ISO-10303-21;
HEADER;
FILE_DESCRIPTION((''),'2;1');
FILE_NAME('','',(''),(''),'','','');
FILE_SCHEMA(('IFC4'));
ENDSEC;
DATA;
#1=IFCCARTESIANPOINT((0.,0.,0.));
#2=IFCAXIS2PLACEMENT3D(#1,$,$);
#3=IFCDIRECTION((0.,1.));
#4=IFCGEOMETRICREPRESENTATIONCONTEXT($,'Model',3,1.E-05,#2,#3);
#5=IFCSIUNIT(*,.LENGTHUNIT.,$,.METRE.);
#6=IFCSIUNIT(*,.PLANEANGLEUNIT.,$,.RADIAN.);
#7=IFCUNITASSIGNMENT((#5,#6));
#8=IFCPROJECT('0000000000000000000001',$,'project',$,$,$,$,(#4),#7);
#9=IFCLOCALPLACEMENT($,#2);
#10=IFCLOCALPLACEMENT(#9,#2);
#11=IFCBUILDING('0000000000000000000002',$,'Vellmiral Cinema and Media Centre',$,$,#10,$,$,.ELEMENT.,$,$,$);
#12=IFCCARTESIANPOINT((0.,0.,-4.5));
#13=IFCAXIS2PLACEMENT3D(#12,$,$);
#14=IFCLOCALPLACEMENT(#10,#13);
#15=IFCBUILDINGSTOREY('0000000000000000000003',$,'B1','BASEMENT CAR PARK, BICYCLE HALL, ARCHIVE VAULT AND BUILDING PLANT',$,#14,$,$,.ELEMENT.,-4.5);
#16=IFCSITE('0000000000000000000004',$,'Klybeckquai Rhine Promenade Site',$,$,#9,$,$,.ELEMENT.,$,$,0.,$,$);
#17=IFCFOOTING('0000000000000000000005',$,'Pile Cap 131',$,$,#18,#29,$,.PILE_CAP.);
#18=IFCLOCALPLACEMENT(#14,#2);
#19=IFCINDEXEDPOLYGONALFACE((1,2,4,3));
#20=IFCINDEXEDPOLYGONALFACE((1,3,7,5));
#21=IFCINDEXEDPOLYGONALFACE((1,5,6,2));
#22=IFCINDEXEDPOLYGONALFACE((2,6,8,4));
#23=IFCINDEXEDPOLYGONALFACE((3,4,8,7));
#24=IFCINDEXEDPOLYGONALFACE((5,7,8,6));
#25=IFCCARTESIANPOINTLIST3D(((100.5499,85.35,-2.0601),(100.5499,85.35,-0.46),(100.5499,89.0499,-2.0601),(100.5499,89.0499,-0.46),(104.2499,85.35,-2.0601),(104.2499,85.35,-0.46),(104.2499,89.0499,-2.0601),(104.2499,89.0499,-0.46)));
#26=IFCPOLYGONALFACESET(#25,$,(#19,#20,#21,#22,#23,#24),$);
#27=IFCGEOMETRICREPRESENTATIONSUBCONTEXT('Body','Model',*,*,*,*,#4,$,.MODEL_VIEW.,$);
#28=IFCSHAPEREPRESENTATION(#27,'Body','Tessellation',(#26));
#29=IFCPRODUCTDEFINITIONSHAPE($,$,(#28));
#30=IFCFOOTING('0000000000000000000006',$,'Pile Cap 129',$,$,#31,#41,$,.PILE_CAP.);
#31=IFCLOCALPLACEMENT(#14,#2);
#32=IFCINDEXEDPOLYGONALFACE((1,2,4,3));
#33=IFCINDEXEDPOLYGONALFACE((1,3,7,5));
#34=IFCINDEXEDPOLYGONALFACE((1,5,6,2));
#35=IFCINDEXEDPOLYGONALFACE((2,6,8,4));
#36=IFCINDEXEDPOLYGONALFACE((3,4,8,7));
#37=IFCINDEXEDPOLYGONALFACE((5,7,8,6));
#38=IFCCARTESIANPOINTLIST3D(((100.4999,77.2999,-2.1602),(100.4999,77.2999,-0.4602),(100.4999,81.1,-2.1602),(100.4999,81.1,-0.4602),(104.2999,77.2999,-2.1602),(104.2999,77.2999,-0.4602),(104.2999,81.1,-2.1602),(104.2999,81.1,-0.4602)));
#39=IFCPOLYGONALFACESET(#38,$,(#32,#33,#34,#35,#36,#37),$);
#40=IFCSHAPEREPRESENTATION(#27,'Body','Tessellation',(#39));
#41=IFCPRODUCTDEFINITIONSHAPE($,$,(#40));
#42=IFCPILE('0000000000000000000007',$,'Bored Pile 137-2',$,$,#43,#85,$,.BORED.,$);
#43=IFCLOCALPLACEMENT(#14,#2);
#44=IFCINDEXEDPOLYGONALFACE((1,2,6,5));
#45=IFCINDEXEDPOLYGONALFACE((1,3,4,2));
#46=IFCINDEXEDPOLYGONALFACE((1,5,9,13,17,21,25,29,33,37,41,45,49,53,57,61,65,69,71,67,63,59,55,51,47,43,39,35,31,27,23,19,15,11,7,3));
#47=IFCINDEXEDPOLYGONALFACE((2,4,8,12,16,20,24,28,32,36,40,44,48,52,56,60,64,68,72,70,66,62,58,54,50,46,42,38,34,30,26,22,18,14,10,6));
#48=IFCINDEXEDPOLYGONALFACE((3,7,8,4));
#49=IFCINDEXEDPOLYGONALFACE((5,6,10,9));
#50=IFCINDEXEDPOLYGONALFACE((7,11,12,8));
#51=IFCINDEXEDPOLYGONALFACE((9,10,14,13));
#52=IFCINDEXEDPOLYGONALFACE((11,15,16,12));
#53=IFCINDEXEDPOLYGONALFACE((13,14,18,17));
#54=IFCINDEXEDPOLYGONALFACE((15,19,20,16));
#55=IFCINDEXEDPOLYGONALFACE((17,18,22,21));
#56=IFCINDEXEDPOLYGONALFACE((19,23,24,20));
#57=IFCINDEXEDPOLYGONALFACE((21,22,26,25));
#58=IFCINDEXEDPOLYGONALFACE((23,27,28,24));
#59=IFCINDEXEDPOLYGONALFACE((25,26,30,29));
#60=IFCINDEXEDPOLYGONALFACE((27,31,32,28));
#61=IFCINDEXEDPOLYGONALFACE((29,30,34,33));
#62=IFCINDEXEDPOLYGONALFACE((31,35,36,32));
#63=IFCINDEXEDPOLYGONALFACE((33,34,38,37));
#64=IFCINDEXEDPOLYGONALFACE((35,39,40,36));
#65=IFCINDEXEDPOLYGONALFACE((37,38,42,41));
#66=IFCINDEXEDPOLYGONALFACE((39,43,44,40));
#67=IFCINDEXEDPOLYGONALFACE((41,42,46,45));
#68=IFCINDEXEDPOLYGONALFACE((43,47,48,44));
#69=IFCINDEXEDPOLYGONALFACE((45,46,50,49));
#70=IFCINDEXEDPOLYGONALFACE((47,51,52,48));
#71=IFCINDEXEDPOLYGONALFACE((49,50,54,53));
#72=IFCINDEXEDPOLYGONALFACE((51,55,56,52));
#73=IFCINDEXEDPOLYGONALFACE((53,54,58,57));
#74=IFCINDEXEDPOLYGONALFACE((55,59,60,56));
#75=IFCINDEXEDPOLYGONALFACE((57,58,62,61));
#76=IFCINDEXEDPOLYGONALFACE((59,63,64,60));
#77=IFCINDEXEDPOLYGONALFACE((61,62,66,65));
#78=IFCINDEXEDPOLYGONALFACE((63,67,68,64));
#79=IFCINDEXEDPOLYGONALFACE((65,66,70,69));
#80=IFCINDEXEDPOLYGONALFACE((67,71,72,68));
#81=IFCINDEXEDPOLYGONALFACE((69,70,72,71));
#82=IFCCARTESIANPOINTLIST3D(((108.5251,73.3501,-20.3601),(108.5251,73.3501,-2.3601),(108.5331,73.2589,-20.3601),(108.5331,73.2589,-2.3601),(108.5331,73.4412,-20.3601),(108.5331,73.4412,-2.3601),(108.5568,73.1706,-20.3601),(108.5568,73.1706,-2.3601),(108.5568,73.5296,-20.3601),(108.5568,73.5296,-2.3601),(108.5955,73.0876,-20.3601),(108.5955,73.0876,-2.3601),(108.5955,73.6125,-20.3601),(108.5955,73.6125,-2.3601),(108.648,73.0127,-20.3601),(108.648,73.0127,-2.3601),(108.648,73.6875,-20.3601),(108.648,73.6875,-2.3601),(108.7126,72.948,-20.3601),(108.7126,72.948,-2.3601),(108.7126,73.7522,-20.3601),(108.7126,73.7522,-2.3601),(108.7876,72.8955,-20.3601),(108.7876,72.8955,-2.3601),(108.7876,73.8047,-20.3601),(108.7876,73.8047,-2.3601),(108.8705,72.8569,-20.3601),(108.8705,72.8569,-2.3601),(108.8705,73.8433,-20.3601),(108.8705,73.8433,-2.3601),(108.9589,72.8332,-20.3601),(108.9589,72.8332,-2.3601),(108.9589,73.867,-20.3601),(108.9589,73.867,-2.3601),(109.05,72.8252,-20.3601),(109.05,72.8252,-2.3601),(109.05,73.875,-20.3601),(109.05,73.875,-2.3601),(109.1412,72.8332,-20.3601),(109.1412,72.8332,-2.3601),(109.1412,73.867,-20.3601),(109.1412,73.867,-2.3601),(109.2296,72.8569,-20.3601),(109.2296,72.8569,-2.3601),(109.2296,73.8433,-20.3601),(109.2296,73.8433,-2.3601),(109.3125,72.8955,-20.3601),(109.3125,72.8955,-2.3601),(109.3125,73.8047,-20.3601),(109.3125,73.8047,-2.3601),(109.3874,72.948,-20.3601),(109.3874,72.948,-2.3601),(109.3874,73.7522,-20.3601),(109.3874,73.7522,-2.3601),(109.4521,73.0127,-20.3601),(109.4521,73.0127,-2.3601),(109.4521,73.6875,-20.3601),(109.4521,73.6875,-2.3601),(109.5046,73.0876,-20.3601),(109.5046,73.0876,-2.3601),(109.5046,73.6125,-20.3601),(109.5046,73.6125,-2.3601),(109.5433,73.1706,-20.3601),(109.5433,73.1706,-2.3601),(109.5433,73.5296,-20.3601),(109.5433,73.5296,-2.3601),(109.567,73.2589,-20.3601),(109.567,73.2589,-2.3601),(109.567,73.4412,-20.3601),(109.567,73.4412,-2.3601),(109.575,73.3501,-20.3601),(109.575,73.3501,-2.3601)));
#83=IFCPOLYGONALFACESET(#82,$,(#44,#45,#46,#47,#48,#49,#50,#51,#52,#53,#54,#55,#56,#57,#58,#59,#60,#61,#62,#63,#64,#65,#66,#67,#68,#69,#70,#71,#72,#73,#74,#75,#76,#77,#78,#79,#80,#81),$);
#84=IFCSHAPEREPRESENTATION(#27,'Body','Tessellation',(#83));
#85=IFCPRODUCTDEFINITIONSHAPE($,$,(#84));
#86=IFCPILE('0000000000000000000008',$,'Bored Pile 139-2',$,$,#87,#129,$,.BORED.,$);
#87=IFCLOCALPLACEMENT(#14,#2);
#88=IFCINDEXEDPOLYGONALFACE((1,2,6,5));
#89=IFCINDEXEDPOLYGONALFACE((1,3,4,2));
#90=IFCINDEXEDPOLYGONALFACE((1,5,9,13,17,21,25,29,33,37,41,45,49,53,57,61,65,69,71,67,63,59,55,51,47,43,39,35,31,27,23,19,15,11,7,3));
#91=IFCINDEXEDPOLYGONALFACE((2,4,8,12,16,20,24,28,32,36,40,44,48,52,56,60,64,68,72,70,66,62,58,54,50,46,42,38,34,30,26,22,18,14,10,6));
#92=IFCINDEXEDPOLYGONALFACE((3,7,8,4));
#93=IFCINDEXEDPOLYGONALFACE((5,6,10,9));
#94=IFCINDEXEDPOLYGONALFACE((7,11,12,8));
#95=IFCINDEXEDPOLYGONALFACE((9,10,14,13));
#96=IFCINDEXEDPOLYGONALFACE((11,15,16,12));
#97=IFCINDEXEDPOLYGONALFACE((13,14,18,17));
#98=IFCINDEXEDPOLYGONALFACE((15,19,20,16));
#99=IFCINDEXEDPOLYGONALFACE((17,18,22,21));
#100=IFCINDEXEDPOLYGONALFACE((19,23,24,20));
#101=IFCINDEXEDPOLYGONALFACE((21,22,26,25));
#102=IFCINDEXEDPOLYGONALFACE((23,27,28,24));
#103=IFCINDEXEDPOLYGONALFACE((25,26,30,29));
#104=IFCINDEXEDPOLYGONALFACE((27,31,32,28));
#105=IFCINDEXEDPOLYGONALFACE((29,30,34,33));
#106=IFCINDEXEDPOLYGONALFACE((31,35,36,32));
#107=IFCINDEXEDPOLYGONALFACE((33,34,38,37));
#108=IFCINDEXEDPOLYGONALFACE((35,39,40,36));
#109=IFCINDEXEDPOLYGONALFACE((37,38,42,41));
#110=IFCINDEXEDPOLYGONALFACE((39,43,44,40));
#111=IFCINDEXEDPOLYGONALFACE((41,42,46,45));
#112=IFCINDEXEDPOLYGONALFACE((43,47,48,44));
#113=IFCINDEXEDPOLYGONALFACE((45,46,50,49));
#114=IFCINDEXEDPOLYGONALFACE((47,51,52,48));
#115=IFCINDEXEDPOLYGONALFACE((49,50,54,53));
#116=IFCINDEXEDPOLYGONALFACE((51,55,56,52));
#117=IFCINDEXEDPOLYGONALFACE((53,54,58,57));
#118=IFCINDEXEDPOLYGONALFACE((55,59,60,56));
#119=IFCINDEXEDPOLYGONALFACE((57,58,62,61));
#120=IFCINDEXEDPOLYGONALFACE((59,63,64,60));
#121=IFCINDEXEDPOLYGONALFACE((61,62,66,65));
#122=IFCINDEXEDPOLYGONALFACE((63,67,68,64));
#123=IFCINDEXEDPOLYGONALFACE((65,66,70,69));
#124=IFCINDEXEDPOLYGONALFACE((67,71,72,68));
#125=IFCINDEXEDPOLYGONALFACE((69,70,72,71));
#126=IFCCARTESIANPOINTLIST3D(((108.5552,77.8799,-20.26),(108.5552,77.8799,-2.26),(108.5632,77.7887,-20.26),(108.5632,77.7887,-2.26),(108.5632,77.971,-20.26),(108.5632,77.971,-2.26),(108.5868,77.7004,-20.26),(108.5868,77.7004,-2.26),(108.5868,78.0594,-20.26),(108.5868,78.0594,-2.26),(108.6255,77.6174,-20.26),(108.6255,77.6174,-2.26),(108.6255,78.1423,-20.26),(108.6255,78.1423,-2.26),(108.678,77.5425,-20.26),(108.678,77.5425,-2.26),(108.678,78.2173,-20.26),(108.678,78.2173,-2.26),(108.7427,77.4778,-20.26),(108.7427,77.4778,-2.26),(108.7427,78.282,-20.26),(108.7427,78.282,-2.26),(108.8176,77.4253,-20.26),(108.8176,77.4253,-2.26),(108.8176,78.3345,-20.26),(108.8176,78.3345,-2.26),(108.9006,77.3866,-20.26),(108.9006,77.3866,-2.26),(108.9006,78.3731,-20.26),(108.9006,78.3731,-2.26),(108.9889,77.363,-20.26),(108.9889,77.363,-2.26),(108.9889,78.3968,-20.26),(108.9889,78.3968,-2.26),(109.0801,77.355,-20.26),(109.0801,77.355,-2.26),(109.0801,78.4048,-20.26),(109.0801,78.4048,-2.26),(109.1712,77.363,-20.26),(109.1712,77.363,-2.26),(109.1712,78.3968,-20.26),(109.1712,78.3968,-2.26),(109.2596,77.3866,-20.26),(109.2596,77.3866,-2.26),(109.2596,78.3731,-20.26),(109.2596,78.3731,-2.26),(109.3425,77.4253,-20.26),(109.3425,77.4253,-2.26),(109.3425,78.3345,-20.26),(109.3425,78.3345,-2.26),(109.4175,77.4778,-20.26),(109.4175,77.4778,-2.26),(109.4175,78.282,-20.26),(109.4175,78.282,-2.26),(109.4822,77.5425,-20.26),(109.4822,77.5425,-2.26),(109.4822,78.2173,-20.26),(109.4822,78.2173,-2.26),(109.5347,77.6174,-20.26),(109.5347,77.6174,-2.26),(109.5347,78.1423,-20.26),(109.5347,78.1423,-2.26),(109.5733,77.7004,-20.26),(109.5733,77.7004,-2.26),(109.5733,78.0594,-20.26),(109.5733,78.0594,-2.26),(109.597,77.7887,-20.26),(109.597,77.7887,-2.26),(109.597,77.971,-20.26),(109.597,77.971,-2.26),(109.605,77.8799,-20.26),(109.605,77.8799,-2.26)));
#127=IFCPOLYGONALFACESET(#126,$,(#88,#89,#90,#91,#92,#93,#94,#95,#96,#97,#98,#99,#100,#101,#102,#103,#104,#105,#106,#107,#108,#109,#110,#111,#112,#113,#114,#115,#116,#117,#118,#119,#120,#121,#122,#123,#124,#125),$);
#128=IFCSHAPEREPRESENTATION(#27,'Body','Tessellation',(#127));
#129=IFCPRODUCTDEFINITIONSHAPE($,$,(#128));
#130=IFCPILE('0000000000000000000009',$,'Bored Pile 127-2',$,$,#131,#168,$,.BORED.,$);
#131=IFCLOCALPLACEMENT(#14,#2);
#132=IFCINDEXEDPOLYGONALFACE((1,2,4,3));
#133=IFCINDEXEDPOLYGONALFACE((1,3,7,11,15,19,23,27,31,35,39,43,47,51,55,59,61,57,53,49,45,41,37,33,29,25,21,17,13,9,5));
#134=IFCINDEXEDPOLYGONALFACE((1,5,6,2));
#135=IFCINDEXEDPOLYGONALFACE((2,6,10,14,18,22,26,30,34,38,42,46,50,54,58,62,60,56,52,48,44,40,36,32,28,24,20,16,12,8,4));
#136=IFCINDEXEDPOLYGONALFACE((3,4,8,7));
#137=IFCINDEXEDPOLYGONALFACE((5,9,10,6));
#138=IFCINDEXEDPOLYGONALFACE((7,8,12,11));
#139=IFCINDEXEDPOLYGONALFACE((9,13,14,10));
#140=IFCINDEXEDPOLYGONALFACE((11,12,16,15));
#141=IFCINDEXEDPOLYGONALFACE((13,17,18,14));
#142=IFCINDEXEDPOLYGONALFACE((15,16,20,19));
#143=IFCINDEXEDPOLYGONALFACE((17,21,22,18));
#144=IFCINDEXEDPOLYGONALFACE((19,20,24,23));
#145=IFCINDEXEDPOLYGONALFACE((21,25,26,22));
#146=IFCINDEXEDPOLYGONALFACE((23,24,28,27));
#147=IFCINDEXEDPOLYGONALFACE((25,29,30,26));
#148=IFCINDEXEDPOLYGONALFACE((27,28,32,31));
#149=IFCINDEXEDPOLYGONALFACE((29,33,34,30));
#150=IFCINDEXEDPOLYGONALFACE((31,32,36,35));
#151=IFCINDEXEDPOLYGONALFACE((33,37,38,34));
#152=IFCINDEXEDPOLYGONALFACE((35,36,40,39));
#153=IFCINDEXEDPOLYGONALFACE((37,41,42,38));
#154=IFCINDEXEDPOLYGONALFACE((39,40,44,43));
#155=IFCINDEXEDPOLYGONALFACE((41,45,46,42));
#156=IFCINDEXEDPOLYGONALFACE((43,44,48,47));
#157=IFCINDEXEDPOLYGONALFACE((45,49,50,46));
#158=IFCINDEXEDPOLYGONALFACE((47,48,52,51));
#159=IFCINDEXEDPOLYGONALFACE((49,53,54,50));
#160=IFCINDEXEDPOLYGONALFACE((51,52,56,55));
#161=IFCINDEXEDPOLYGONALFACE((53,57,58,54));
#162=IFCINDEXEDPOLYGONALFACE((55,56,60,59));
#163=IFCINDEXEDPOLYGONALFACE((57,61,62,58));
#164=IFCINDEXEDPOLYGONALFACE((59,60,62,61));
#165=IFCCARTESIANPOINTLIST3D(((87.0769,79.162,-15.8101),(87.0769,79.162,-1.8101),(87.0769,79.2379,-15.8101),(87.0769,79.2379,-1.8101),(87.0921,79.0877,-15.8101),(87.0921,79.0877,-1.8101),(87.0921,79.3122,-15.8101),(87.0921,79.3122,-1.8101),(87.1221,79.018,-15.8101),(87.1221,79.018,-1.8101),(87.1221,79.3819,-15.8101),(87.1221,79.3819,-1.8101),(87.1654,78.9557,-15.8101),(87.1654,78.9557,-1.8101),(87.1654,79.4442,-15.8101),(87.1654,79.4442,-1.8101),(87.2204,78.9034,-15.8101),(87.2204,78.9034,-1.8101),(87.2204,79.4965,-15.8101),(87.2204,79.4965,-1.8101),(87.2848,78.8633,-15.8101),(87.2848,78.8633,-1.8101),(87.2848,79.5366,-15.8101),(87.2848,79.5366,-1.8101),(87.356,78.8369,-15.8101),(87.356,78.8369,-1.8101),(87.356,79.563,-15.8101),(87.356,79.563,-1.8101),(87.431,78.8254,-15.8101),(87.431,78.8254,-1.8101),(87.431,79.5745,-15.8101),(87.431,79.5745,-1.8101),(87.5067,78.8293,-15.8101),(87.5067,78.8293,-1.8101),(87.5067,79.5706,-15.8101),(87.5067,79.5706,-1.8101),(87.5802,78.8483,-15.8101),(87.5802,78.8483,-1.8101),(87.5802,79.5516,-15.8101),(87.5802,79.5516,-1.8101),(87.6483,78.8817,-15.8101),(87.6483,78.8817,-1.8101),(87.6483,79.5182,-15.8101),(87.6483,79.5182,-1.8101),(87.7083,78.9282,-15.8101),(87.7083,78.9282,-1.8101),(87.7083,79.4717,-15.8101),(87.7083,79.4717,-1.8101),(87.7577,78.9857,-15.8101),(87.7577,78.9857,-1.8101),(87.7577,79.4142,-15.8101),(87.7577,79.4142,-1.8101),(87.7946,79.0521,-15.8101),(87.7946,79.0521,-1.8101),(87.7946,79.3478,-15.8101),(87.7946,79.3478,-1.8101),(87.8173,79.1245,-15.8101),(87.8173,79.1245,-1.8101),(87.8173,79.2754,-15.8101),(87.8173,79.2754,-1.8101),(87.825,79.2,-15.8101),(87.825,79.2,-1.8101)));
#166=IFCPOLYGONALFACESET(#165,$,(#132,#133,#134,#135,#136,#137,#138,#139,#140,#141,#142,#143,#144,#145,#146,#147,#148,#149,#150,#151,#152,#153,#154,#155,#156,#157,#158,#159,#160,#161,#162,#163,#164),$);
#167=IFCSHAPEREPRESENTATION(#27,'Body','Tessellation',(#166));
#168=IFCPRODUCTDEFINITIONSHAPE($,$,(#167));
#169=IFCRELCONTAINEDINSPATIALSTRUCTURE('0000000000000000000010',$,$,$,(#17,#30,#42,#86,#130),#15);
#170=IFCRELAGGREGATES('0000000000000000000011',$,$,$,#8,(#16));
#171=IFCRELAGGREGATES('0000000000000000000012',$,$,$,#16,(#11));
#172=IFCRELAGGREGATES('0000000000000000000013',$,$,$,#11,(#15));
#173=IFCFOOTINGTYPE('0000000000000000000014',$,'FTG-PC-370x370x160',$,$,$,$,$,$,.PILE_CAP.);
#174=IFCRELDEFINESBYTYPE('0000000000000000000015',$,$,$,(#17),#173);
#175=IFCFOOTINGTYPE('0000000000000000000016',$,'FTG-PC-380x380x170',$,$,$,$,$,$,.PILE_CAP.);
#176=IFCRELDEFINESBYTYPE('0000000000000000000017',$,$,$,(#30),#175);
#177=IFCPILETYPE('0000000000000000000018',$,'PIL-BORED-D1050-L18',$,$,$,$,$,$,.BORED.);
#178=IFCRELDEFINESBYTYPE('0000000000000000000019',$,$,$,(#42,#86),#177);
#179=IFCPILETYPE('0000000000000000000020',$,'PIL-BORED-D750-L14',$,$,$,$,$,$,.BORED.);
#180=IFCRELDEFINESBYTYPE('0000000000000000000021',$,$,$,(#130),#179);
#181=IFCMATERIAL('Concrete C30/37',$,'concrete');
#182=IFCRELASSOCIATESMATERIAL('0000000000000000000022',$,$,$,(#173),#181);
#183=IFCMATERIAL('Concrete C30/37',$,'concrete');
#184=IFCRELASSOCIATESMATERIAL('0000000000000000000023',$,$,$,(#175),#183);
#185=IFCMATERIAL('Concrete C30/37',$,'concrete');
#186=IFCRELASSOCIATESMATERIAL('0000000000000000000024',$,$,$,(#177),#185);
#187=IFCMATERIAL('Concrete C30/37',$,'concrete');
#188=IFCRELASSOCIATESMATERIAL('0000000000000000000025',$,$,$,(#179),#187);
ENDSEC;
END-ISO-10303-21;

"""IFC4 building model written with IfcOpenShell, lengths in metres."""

from ifc_helpers import new_model, si_unit, direction, frame, origin, origin_2d, place, context, subcontext, project, spatial, rectangle, circle, extrude, material, material_profile, profile_set, type_object, element, save


model = new_model("IFC4")

# Units and contexts
model_context = context("Model", 3, precision=1e-05, world=origin(), true_north=direction((0.0, 1.0)))
body_context = subcontext(model_context, "Body", "Model", "MODEL_VIEW")
ifc_project = project(units=[si_unit("LENGTHUNIT", "METRE"), si_unit("PLANEANGLEUNIT", "RADIAN")], contexts=[model_context])

# Site, building, storey
site_placement = place(None, origin())
site = spatial("IfcSite", under=ifc_project, at=site_placement, Name="Klybeckquai Rhine Promenade Site", CompositionType="ELEMENT", RefElevation=0.0)
building_placement = place(site_placement, origin())
building = spatial("IfcBuilding", under=site, at=building_placement, Name="Vellmiral Cinema and Media Centre", CompositionType="ELEMENT")
storey_placement = place(building_placement, frame((0.0, 0.0, -4.5)))
storey = spatial("IfcBuildingStorey", under=building, at=storey_placement, Name="B1", Description="BASEMENT CAR PARK, BICYCLE HALL, ARCHIVE VAULT AND BUILDING PLANT", CompositionType="ELEMENT", Elevation=-4.5)

# Footings
ifc_material_1 = material(Name="Concrete C30/37", Category="concrete")
footing_type_1 = type_object("IfcFootingType", Name="FTG-PC-370x370x160", PredefinedType="PILE_CAP", material=ifc_material_1)
footing_1_placement = place(storey_placement, frame((102.3999, 87.2, -2.0601), z_axis=(0.0, 0.0, 1.0), x_axis=(1.0, 0.0, 0.0)))
element("IfcFooting", 1, at=footing_1_placement, inside=storey, type_object=footing_type_1, Name="Pile Cap 131", PredefinedType="PILE_CAP", context=body_context, shape_type="SweptSolid", body=[
    extrude(rectangle(XDim=3.7, YDim=3.7, at=origin_2d()), origin(), (0.0, 0.0, 1.0), 1.6001),
])
ifc_material_2 = material(Name="Concrete C30/37", Category="concrete")
footing_type_2 = type_object("IfcFootingType", Name="FTG-PC-380x380x170", PredefinedType="PILE_CAP", material=ifc_material_2)
footing_2_placement = place(storey_placement, frame((102.3999, 79.2, -2.1602), z_axis=(0.0, 0.0, 1.0), x_axis=(1.0, 0.0, 0.0)))
element("IfcFooting", 2, at=footing_2_placement, inside=storey, type_object=footing_type_2, Name="Pile Cap 129", PredefinedType="PILE_CAP", context=body_context, shape_type="SweptSolid", body=[
    extrude(rectangle(XDim=3.8, YDim=3.8, at=origin_2d()), origin(), (0.0, 0.0, 1.0), 1.7),
])

# Piles
ifc_material_3 = material(Name="Concrete C30/37", Category="concrete")
ifc_material_profile_1 = material_profile(ifc_material_3, circle(Radius=0.5249, at=origin_2d()), Name="PILE D1050")
ifc_profile_set_1 = profile_set([ifc_material_profile_1], Name="Concrete C30/37")
pile_type_1 = type_object("IfcPileType", Name="PIL-BORED-D1050-L18", PredefinedType="BORED", material=ifc_profile_set_1)
for number, where, z_axis, x_axis, name in (
    (3, (109.05, 73.3501, -2.3601), (0.0, 0.0, -1.0), (1.0, 0.0, 0.0), "Bored Pile 137-2"),
    (4, (109.0801, 77.8799, -2.26), (0.0, 0.0, -1.0), (1.0, 0.0, 0.0), "Bored Pile 139-2"),
):
    element("IfcPile", number, at=place(storey_placement, frame(where, z_axis=z_axis, x_axis=x_axis)), inside=storey, type_object=pile_type_1, Name=name, PredefinedType="BORED", context=body_context, shape_type="SweptSolid", body=[
        extrude(circle(Radius=0.5249, at=origin_2d()), origin(), (0.0, 0.0, 1.0), 18.0),
    ])
ifc_material_4 = material(Name="Concrete C30/37", Category="concrete")
ifc_material_profile_2 = material_profile(ifc_material_4, circle(Radius=0.375, at=origin_2d()), Name="PILE D750")
ifc_profile_set_2 = profile_set([ifc_material_profile_2], Name="Concrete C30/37")
pile_type_2 = type_object("IfcPileType", Name="PIL-BORED-D750-L14", PredefinedType="BORED", material=ifc_profile_set_2)
pile_placement = place(storey_placement, frame((87.45, 79.2, -1.8101), z_axis=(0.0, 0.0, -1.0), x_axis=(1.0, 0.0, 0.0)))
element("IfcPile", 5, at=pile_placement, inside=storey, type_object=pile_type_2, Name="Bored Pile 127-2", PredefinedType="BORED", context=body_context, shape_type="SweptSolid", body=[
    extrude(circle(Radius=0.375, at=origin_2d()), origin(), (0.0, 0.0, 1.0), 14.0),
])

save(model, "model.ifc")
